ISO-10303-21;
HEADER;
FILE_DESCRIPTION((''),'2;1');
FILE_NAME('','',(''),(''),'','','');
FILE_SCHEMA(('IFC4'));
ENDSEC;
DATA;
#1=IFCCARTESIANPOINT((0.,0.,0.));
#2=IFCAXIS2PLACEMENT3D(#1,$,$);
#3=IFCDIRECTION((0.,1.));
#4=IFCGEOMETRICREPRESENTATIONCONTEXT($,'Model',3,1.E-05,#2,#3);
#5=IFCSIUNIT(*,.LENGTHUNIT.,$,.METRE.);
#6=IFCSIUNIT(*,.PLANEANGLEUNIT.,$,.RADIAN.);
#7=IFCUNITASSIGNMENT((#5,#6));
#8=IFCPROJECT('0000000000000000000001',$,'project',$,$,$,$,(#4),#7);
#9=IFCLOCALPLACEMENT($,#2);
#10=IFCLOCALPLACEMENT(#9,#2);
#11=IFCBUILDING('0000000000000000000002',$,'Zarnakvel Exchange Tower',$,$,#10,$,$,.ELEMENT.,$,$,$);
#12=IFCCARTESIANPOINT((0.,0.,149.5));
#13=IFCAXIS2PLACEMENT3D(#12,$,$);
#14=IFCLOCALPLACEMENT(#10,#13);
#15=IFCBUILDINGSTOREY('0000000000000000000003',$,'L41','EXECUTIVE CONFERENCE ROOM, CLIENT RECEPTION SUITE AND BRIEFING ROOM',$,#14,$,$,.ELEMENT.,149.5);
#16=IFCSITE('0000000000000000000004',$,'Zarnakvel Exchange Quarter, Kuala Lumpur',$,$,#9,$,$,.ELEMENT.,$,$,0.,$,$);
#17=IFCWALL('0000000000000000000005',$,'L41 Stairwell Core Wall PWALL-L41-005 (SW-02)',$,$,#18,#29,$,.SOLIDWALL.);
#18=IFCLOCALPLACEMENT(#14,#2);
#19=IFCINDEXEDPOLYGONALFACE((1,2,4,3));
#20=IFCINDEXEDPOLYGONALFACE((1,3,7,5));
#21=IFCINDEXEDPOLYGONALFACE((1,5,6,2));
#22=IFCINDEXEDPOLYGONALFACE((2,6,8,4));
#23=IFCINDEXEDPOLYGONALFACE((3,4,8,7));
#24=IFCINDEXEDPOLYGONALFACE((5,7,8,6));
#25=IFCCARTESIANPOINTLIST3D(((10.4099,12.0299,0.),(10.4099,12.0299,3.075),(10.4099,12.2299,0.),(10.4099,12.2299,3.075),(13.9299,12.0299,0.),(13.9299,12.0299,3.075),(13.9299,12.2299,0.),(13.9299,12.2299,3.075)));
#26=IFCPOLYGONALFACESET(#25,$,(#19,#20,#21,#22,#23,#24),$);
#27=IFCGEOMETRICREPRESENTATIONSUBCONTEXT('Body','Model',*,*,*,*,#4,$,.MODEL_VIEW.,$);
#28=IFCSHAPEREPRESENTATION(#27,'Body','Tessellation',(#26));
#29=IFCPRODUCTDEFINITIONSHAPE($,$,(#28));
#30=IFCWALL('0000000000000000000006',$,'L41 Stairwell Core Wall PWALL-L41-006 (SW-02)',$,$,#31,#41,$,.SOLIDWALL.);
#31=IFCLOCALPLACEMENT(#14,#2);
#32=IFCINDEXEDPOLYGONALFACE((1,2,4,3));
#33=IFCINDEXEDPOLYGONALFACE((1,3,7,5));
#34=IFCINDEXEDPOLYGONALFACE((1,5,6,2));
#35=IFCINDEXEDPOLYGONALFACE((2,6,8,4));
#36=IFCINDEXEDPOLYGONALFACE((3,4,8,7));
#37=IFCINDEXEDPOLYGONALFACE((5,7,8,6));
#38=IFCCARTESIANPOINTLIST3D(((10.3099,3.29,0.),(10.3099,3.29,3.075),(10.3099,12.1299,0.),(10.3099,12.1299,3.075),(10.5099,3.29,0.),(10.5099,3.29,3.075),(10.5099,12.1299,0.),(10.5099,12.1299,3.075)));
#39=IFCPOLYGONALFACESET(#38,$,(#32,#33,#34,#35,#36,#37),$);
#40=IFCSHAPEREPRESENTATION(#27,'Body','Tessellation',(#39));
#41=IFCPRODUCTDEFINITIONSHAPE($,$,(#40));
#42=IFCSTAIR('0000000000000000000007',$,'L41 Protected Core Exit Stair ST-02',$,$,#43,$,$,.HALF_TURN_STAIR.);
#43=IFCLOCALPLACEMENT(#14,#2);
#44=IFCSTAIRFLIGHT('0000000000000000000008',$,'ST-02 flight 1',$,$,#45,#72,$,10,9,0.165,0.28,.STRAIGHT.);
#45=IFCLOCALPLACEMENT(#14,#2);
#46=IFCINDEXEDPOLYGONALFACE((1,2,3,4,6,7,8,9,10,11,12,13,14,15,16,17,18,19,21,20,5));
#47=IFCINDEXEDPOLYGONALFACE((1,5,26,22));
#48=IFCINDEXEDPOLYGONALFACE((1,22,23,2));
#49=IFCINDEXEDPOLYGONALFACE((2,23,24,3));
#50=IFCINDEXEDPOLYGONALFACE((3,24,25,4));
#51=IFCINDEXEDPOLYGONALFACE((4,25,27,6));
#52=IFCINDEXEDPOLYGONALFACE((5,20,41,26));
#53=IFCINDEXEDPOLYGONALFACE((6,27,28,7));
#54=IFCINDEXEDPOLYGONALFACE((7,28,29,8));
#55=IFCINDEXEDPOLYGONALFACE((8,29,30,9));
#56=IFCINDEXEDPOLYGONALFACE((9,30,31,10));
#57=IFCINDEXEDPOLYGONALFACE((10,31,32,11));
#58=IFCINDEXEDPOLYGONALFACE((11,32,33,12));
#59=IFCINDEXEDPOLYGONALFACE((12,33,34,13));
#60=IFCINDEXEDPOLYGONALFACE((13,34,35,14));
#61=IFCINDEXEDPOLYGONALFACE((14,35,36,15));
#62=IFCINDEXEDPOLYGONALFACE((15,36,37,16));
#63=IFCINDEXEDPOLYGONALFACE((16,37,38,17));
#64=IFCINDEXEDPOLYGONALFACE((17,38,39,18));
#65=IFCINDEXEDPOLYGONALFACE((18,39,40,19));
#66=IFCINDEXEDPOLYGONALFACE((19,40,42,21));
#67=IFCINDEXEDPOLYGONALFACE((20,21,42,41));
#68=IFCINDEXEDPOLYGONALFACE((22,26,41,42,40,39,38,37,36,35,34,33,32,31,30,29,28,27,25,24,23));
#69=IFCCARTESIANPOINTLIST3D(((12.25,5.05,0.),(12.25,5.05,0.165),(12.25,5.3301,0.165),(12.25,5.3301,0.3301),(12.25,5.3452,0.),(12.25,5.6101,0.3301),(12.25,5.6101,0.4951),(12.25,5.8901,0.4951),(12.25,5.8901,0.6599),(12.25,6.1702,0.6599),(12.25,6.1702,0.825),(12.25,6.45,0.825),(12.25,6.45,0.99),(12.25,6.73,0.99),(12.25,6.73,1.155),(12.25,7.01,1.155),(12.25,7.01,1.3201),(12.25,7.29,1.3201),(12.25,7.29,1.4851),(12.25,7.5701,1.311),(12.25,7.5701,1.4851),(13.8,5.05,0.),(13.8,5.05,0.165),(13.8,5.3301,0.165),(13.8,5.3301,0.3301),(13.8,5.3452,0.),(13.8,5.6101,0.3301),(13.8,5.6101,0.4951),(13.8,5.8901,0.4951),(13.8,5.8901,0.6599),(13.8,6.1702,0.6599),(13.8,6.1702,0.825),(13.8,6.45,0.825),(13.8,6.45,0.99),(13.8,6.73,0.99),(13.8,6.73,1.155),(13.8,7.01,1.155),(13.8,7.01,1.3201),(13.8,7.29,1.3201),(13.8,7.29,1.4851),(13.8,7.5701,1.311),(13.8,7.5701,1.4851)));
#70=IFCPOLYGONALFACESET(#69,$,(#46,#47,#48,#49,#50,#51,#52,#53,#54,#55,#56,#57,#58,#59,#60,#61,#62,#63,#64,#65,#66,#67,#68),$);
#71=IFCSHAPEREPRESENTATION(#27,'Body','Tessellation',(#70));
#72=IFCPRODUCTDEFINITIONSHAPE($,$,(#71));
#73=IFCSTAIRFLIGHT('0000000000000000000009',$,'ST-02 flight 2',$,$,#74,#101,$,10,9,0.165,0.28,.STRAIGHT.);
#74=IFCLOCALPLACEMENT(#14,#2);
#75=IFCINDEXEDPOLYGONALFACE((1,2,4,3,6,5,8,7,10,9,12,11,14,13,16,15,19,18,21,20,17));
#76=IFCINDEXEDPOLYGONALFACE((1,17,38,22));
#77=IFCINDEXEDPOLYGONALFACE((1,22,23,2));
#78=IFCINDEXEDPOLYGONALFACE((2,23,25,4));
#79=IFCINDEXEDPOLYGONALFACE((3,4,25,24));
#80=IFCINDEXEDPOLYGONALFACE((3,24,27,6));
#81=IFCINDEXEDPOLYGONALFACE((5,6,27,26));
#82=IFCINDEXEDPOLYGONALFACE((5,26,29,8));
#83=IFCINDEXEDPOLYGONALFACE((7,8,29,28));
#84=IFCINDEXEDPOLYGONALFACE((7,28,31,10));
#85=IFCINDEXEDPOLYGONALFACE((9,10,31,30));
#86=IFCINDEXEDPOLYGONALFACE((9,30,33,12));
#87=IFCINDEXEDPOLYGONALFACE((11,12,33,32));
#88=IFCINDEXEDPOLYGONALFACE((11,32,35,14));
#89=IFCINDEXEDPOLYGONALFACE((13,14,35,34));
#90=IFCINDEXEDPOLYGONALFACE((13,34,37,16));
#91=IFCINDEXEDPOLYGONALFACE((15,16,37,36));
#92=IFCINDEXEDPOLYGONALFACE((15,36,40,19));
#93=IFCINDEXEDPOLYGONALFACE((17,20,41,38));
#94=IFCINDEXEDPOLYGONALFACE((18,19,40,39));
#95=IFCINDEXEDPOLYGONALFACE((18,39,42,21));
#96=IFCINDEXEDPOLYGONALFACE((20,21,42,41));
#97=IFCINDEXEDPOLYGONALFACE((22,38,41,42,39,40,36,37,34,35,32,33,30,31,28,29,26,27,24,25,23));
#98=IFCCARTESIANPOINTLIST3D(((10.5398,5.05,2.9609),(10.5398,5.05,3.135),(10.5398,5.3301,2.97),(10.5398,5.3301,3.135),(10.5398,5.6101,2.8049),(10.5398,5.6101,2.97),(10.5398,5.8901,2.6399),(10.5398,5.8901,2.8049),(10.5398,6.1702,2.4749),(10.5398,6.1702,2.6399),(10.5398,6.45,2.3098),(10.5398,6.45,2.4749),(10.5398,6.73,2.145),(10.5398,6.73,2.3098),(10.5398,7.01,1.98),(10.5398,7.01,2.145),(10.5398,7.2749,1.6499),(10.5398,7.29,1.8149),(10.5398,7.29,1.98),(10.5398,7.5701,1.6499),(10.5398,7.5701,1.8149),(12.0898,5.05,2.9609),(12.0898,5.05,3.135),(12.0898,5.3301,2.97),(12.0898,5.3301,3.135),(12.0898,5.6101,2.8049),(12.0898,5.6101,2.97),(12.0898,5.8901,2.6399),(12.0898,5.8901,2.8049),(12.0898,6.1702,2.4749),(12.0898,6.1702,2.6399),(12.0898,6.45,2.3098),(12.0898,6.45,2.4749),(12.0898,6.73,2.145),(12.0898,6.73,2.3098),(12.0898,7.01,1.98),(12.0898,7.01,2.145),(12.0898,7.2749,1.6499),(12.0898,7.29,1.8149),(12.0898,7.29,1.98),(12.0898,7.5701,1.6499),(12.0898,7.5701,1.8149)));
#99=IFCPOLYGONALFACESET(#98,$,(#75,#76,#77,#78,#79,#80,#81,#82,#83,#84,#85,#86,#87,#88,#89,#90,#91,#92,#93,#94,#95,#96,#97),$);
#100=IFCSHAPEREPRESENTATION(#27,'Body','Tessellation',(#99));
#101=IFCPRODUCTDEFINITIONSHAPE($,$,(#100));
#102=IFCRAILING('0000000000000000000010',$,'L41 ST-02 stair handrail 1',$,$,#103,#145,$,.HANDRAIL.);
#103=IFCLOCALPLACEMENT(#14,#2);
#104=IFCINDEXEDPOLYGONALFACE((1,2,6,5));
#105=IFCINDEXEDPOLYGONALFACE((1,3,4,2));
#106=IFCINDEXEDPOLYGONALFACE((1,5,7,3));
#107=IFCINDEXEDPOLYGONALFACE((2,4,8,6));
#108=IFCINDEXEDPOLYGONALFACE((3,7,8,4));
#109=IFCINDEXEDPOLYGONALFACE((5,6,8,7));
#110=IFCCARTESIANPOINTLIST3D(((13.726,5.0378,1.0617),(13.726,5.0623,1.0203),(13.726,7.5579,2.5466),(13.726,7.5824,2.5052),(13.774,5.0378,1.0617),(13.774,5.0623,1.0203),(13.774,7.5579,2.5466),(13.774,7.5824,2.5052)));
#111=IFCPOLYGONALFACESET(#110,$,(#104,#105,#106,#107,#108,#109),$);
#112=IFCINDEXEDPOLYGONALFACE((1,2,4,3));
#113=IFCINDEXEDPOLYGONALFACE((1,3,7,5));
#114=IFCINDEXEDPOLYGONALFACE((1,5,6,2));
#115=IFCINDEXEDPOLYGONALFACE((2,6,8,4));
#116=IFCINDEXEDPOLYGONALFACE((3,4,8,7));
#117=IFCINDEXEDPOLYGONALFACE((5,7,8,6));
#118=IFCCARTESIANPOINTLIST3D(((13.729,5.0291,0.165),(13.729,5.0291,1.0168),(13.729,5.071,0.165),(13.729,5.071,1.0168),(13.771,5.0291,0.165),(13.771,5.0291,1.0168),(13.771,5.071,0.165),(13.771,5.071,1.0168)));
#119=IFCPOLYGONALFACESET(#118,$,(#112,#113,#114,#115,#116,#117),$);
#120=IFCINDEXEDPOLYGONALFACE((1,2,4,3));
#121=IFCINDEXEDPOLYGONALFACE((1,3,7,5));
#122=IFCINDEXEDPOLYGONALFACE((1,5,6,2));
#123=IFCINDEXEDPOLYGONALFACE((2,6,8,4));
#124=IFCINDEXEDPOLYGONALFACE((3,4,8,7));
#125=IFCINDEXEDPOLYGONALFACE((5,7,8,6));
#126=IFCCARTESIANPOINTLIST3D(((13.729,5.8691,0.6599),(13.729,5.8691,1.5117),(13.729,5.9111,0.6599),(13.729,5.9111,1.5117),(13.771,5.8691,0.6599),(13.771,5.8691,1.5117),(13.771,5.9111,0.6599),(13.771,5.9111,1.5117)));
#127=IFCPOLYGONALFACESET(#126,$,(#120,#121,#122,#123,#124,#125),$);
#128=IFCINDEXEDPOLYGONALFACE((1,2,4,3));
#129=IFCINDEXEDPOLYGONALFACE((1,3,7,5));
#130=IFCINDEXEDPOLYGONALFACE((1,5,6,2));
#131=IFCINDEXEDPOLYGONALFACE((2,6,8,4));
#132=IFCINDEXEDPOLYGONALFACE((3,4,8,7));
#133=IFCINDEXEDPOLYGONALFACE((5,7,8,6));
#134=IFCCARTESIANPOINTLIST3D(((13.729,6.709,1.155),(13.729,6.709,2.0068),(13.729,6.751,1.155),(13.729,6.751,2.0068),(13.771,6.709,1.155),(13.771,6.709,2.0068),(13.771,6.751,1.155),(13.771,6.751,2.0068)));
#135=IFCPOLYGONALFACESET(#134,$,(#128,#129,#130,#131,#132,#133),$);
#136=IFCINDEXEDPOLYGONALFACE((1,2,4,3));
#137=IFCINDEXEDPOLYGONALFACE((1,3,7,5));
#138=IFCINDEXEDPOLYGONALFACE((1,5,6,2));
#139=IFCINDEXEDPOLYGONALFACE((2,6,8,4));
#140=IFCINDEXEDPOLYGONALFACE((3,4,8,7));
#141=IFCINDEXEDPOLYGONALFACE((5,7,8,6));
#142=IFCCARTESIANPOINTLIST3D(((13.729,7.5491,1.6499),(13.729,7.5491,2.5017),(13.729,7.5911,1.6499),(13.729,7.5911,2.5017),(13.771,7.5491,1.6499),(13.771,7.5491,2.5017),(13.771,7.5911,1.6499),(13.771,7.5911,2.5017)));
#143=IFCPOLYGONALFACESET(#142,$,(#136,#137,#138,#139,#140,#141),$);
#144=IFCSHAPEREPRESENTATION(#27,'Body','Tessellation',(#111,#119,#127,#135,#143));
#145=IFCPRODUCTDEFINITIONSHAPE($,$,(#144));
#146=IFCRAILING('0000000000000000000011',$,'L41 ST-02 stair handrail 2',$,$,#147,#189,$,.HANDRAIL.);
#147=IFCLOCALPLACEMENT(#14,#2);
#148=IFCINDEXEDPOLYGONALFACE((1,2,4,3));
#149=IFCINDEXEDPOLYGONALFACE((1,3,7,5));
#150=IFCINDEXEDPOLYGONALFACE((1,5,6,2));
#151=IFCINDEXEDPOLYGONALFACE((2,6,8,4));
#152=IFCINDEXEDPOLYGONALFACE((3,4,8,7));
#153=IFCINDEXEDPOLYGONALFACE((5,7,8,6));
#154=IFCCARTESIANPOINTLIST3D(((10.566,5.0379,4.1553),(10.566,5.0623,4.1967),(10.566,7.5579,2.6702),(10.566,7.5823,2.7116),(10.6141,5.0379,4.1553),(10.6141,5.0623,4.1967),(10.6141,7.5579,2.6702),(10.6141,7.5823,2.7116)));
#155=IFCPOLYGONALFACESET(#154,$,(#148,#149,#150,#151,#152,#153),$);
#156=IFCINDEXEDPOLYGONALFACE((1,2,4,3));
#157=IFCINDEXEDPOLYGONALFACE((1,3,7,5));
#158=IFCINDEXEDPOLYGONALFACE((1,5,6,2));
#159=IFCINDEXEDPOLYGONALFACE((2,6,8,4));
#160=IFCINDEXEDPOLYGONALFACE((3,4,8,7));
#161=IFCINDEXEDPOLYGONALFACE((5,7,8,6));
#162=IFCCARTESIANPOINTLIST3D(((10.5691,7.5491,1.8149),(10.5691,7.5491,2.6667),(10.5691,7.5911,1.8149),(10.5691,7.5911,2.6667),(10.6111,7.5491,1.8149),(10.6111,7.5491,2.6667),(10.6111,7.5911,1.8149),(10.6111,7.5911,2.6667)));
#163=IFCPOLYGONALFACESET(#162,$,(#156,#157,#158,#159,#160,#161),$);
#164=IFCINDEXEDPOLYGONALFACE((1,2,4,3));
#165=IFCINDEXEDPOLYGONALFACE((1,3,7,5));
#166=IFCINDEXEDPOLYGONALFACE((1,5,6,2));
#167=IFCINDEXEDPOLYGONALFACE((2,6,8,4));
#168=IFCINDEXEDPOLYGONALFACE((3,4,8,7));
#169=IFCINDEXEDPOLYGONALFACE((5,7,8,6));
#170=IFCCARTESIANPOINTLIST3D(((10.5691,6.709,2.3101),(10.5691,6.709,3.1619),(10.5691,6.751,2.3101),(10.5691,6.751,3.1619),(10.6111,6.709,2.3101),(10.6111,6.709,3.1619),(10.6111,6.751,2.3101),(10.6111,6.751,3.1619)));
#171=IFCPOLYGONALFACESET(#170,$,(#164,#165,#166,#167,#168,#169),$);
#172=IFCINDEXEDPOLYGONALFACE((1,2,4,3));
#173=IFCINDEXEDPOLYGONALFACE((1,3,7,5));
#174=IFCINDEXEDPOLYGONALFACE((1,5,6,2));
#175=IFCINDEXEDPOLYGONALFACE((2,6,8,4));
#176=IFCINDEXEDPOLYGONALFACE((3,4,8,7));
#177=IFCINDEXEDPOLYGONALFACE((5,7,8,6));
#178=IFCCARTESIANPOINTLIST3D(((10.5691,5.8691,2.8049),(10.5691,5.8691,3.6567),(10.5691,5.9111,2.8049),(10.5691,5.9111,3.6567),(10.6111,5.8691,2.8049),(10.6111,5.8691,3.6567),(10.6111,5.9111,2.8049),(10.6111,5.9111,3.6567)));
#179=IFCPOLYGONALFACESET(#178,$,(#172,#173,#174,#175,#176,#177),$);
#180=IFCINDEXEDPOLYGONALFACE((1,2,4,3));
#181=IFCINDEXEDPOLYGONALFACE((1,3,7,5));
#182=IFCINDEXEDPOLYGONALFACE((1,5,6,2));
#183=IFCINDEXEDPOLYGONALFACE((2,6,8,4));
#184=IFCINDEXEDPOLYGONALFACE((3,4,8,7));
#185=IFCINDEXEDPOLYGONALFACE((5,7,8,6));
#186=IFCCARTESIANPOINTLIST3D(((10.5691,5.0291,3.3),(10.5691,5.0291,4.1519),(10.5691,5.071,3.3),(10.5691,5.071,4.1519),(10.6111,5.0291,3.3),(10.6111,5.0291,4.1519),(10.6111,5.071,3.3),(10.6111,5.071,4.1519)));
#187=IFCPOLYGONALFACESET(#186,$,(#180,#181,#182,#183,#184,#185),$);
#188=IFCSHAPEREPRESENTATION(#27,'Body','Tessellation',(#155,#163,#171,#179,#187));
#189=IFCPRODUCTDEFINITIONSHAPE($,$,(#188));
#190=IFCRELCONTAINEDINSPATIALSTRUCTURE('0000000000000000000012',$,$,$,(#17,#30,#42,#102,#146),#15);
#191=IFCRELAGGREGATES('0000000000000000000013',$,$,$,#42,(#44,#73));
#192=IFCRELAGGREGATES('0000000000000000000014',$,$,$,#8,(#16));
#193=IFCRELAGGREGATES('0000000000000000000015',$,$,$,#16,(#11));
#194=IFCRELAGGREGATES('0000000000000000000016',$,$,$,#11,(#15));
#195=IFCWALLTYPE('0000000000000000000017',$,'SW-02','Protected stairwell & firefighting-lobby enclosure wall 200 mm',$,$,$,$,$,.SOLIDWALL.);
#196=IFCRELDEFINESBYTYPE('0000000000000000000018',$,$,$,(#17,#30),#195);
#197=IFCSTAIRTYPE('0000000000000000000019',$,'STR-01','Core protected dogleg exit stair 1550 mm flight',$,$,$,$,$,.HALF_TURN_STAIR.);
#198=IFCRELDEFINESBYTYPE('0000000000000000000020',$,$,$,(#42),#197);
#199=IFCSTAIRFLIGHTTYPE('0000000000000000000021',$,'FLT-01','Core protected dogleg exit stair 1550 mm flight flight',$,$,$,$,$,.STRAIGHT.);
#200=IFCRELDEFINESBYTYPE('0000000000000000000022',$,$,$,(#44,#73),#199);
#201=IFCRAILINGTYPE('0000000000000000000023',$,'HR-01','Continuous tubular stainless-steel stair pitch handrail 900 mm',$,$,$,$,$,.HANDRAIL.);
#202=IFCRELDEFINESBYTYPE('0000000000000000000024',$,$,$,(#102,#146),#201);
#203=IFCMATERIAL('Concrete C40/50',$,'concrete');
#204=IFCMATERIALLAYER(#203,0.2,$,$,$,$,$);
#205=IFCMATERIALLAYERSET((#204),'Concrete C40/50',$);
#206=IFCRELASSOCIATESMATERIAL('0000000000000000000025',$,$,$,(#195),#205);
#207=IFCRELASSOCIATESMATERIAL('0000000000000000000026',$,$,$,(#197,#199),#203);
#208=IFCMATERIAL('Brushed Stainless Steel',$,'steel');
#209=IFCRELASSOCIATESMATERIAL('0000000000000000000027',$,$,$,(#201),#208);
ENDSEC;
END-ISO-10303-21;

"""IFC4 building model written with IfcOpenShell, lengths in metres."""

from ifc_helpers import new_model, si_unit, direction, frame, frame_2d, origin, origin_2d, place, context, subcontext, project, spatial, polyline, rectangle, outline, extrude, material, layer, layer_set, type_object, element, aggregate, save


model = new_model("IFC4")

# Units and contexts
model_context = context("Model", 3, precision=1e-05, world=origin(), true_north=direction((0.0, 1.0)))
body_context = subcontext(model_context, "Body", "Model", "MODEL_VIEW")
ifc_project = project(units=[si_unit("LENGTHUNIT", "METRE"), si_unit("PLANEANGLEUNIT", "RADIAN")], contexts=[model_context])

# Site, building, storey
site_placement = place(None, origin())
site = spatial("IfcSite", under=ifc_project, at=site_placement, Name="Zarnakvel Exchange Quarter, Kuala Lumpur", CompositionType="ELEMENT", RefElevation=0.0)
building_placement = place(site_placement, origin())
building = spatial("IfcBuilding", under=site, at=building_placement, Name="Zarnakvel Exchange Tower", CompositionType="ELEMENT")
storey_placement = place(building_placement, frame((0.0, 0.0, 149.5)))
storey = spatial("IfcBuildingStorey", under=building, at=storey_placement, Name="L41", Description="EXECUTIVE CONFERENCE ROOM, CLIENT RECEPTION SUITE AND BRIEFING ROOM", CompositionType="ELEMENT", Elevation=149.5)

# Shared definitions
ifc_material_1 = material(Name="Concrete C40/50", Category="concrete")

# Shared definitions
ifc_layer_1 = layer(ifc_material_1, 0.2)
ifc_layer_set_1 = layer_set([ifc_layer_1], Name="Concrete C40/50")
wall_type_1 = type_object("IfcWallType", Name="SW-02", Description="Protected stairwell & firefighting-lobby enclosure wall 200 mm", PredefinedType="SOLIDWALL", material=ifc_layer_set_1)

# Walls
wall_1_placement = place(storey_placement, frame((10.4099, 12.1299, 0.0), z_axis=(0.0, 0.0, 1.0), x_axis=(1.0, 0.0, 0.0)))
element("IfcWall", 1, at=wall_1_placement, inside=storey, type_object=wall_type_1, Name="L41 Stairwell Core Wall PWALL-L41-005 (SW-02)", PredefinedType="SOLIDWALL", context=body_context, shape_type="SweptSolid", body=[
    extrude(rectangle(XDim=3.52, YDim=0.2, at=frame_2d((1.76, 0.0))), origin(), (0.0, 0.0, 1.0), 3.075),
])
wall_2_placement = place(storey_placement, frame((10.4099, 3.29, 0.0), z_axis=(0.0, 0.0, 1.0), x_axis=(0.0, 1.0, 0.0)))
element("IfcWall", 2, at=wall_2_placement, inside=storey, type_object=wall_type_1, Name="L41 Stairwell Core Wall PWALL-L41-006 (SW-02)", PredefinedType="SOLIDWALL", context=body_context, shape_type="SweptSolid", body=[
    extrude(rectangle(XDim=8.8398, YDim=0.2, at=frame_2d((4.4199, 0.0))), origin(), (0.0, 0.0, 1.0), 3.075),
])

# Stair, stair flights
stair_type = type_object("IfcStairType", Name="STR-01", Description="Core protected dogleg exit stair 1550 mm flight", PredefinedType="HALF_TURN_STAIR", material=ifc_material_1)
stair_placement = place(storey_placement, origin())
stair = element("IfcStair", 3, at=stair_placement, inside=storey, type_object=stair_type, Name="L41 Protected Core Exit Stair ST-02", PredefinedType="HALF_TURN_STAIR")
stair_flight_type = type_object("IfcStairFlightType", Name="FLT-01", Description="Core protected dogleg exit stair 1550 mm flight flight", PredefinedType="STRAIGHT", material=ifc_material_1)
stair_flight_1_placement = place(storey_placement, frame((13.0249, 5.05, 0.0), z_axis=(0.0, 0.0, 1.0), x_axis=(0.0, 1.0, 0.0)))
stair_flight_1 = element("IfcStairFlight", 4, at=stair_flight_1_placement, type_object=stair_flight_type, Name="ST-02 flight 1", NumberOfRisers=10, NumberOfTreads=9, PredefinedType="STRAIGHT", RiserHeight=0.165, TreadLength=0.28, context=body_context, shape_type="SweptSolid", body=[
    extrude(outline(polyline([(0.0, 0.0), (0.0, 0.165), (0.28, 0.165), (0.28, 0.3301), (0.5601, 0.3301), (0.5601, 0.4951), (0.8401, 0.4951), (0.8401, 0.6599), (1.1201, 0.6599), (1.1201, 0.825), (1.3999, 0.825), (1.3999, 0.99), (1.6799, 0.99), (1.6799, 1.155), (1.96, 1.155), (1.96, 1.3201), (2.24, 1.3201), (2.24, 1.4851), (2.52, 1.4851), (2.52, 1.6499), (2.52, 1.311), (0.2952, 0.0), (0.0, 0.0)])), frame((0.0, 0.7749, 0.0), z_axis=(0.0, -1.0, 0.0), x_axis=(1.0, 0.0, 0.0)), (0.0, 0.0, 1.0), 1.55),
])
stair_flight_2_placement = place(storey_placement, frame((11.3149, 7.5701, 1.6499), z_axis=(0.0, 0.0, 1.0), x_axis=(0.0, -1.0, 0.0)))
stair_flight_2 = element("IfcStairFlight", 5, at=stair_flight_2_placement, type_object=stair_flight_type, Name="ST-02 flight 2", NumberOfRisers=10, NumberOfTreads=9, PredefinedType="STRAIGHT", RiserHeight=0.165, TreadLength=0.28, context=body_context, shape_type="SweptSolid", body=[
    extrude(outline(polyline([(0.0, 0.0), (0.0, 0.165), (0.28, 0.165), (0.28, 0.3301), (0.5601, 0.3301), (0.5601, 0.4951), (0.8401, 0.4951), (0.8401, 0.6599), (1.1201, 0.6599), (1.1201, 0.825), (1.3999, 0.825), (1.3999, 0.99), (1.6799, 0.99), (1.6799, 1.155), (1.96, 1.155), (1.96, 1.3201), (2.24, 1.3201), (2.24, 1.4851), (2.52, 1.4851), (2.52, 1.6499), (2.52, 1.311), (0.2952, 0.0), (0.0, 0.0)])), frame((0.0, 0.7749, 0.0), z_axis=(0.0, -1.0, 0.0), x_axis=(1.0, 0.0, 0.0)), (0.0, 0.0, 1.0), 1.55),
])
aggregate(stair, [stair_flight_1, stair_flight_2])

# Railings
ifc_material_2 = material(Name="Brushed Stainless Steel", Category="steel")
railing_type_1 = type_object("IfcRailingType", Name="HR-01", Description="Continuous tubular stainless-steel stair pitch handrail 900 mm", PredefinedType="HANDRAIL", material=ifc_material_2)
railing_1_placement = place(storey_placement, frame((13.75, 5.05, 0.165)))
element("IfcRailing", 6, at=railing_1_placement, inside=storey, type_object=railing_type_1, Name="L41 ST-02 stair handrail 1", PredefinedType="HANDRAIL", context=body_context, shape_type="SweptSolid", body=[
    extrude(rectangle(XDim=0.0481, YDim=0.0481, at=origin_2d()), frame((0.0, 0.0, 0.876), z_axis=(0.0, 0.861561, 0.507655), x_axis=(-1.0, 0.0, 0.0)), (0.0, 0.0, 1.0), 2.925),
    extrude(rectangle(XDim=0.042, YDim=0.042, at=origin_2d()), origin(), (0.0, 0.0, 1.0), 0.8518),
    extrude(rectangle(XDim=0.042, YDim=0.042, at=origin_2d()), frame((0.0, 0.8401, 0.4949)), (0.0, 0.0, 1.0), 0.8518),
    extrude(rectangle(XDim=0.042, YDim=0.042, at=origin_2d()), frame((0.0, 1.6799, 0.99)), (0.0, 0.0, 1.0), 0.8518),
    extrude(rectangle(XDim=0.042, YDim=0.042, at=origin_2d()), frame((0.0, 2.52, 1.4849)), (0.0, 0.0, 1.0), 0.8518),
])
railing_2_placement = place(storey_placement, frame((10.5901, 7.5701, 1.8149)))
element("IfcRailing", 7, at=railing_2_placement, inside=storey, type_object=railing_type_1, Name="L41 ST-02 stair handrail 2", PredefinedType="HANDRAIL", context=body_context, shape_type="SweptSolid", body=[
    extrude(rectangle(XDim=0.0481, YDim=0.0481, at=origin_2d()), frame((0.0, 0.0, 0.876), z_axis=(0.0, -0.861524, 0.507717), x_axis=(1.0, 0.0, 0.0)), (0.0, 0.0, 1.0), 2.925),
    extrude(rectangle(XDim=0.042, YDim=0.042, at=origin_2d()), origin(), (0.0, 0.0, 1.0), 0.8518),
    extrude(rectangle(XDim=0.042, YDim=0.042, at=origin_2d()), frame((0.0, -0.8401, 0.4951)), (0.0, 0.0, 1.0), 0.8518),
    extrude(rectangle(XDim=0.042, YDim=0.042, at=origin_2d()), frame((0.0, -1.6799, 0.99)), (0.0, 0.0, 1.0), 0.8518),
    extrude(rectangle(XDim=0.042, YDim=0.042, at=origin_2d()), frame((0.0, -2.52, 1.4851)), (0.0, 0.0, 1.0), 0.8518),
])

save(model, "model.ifc")
